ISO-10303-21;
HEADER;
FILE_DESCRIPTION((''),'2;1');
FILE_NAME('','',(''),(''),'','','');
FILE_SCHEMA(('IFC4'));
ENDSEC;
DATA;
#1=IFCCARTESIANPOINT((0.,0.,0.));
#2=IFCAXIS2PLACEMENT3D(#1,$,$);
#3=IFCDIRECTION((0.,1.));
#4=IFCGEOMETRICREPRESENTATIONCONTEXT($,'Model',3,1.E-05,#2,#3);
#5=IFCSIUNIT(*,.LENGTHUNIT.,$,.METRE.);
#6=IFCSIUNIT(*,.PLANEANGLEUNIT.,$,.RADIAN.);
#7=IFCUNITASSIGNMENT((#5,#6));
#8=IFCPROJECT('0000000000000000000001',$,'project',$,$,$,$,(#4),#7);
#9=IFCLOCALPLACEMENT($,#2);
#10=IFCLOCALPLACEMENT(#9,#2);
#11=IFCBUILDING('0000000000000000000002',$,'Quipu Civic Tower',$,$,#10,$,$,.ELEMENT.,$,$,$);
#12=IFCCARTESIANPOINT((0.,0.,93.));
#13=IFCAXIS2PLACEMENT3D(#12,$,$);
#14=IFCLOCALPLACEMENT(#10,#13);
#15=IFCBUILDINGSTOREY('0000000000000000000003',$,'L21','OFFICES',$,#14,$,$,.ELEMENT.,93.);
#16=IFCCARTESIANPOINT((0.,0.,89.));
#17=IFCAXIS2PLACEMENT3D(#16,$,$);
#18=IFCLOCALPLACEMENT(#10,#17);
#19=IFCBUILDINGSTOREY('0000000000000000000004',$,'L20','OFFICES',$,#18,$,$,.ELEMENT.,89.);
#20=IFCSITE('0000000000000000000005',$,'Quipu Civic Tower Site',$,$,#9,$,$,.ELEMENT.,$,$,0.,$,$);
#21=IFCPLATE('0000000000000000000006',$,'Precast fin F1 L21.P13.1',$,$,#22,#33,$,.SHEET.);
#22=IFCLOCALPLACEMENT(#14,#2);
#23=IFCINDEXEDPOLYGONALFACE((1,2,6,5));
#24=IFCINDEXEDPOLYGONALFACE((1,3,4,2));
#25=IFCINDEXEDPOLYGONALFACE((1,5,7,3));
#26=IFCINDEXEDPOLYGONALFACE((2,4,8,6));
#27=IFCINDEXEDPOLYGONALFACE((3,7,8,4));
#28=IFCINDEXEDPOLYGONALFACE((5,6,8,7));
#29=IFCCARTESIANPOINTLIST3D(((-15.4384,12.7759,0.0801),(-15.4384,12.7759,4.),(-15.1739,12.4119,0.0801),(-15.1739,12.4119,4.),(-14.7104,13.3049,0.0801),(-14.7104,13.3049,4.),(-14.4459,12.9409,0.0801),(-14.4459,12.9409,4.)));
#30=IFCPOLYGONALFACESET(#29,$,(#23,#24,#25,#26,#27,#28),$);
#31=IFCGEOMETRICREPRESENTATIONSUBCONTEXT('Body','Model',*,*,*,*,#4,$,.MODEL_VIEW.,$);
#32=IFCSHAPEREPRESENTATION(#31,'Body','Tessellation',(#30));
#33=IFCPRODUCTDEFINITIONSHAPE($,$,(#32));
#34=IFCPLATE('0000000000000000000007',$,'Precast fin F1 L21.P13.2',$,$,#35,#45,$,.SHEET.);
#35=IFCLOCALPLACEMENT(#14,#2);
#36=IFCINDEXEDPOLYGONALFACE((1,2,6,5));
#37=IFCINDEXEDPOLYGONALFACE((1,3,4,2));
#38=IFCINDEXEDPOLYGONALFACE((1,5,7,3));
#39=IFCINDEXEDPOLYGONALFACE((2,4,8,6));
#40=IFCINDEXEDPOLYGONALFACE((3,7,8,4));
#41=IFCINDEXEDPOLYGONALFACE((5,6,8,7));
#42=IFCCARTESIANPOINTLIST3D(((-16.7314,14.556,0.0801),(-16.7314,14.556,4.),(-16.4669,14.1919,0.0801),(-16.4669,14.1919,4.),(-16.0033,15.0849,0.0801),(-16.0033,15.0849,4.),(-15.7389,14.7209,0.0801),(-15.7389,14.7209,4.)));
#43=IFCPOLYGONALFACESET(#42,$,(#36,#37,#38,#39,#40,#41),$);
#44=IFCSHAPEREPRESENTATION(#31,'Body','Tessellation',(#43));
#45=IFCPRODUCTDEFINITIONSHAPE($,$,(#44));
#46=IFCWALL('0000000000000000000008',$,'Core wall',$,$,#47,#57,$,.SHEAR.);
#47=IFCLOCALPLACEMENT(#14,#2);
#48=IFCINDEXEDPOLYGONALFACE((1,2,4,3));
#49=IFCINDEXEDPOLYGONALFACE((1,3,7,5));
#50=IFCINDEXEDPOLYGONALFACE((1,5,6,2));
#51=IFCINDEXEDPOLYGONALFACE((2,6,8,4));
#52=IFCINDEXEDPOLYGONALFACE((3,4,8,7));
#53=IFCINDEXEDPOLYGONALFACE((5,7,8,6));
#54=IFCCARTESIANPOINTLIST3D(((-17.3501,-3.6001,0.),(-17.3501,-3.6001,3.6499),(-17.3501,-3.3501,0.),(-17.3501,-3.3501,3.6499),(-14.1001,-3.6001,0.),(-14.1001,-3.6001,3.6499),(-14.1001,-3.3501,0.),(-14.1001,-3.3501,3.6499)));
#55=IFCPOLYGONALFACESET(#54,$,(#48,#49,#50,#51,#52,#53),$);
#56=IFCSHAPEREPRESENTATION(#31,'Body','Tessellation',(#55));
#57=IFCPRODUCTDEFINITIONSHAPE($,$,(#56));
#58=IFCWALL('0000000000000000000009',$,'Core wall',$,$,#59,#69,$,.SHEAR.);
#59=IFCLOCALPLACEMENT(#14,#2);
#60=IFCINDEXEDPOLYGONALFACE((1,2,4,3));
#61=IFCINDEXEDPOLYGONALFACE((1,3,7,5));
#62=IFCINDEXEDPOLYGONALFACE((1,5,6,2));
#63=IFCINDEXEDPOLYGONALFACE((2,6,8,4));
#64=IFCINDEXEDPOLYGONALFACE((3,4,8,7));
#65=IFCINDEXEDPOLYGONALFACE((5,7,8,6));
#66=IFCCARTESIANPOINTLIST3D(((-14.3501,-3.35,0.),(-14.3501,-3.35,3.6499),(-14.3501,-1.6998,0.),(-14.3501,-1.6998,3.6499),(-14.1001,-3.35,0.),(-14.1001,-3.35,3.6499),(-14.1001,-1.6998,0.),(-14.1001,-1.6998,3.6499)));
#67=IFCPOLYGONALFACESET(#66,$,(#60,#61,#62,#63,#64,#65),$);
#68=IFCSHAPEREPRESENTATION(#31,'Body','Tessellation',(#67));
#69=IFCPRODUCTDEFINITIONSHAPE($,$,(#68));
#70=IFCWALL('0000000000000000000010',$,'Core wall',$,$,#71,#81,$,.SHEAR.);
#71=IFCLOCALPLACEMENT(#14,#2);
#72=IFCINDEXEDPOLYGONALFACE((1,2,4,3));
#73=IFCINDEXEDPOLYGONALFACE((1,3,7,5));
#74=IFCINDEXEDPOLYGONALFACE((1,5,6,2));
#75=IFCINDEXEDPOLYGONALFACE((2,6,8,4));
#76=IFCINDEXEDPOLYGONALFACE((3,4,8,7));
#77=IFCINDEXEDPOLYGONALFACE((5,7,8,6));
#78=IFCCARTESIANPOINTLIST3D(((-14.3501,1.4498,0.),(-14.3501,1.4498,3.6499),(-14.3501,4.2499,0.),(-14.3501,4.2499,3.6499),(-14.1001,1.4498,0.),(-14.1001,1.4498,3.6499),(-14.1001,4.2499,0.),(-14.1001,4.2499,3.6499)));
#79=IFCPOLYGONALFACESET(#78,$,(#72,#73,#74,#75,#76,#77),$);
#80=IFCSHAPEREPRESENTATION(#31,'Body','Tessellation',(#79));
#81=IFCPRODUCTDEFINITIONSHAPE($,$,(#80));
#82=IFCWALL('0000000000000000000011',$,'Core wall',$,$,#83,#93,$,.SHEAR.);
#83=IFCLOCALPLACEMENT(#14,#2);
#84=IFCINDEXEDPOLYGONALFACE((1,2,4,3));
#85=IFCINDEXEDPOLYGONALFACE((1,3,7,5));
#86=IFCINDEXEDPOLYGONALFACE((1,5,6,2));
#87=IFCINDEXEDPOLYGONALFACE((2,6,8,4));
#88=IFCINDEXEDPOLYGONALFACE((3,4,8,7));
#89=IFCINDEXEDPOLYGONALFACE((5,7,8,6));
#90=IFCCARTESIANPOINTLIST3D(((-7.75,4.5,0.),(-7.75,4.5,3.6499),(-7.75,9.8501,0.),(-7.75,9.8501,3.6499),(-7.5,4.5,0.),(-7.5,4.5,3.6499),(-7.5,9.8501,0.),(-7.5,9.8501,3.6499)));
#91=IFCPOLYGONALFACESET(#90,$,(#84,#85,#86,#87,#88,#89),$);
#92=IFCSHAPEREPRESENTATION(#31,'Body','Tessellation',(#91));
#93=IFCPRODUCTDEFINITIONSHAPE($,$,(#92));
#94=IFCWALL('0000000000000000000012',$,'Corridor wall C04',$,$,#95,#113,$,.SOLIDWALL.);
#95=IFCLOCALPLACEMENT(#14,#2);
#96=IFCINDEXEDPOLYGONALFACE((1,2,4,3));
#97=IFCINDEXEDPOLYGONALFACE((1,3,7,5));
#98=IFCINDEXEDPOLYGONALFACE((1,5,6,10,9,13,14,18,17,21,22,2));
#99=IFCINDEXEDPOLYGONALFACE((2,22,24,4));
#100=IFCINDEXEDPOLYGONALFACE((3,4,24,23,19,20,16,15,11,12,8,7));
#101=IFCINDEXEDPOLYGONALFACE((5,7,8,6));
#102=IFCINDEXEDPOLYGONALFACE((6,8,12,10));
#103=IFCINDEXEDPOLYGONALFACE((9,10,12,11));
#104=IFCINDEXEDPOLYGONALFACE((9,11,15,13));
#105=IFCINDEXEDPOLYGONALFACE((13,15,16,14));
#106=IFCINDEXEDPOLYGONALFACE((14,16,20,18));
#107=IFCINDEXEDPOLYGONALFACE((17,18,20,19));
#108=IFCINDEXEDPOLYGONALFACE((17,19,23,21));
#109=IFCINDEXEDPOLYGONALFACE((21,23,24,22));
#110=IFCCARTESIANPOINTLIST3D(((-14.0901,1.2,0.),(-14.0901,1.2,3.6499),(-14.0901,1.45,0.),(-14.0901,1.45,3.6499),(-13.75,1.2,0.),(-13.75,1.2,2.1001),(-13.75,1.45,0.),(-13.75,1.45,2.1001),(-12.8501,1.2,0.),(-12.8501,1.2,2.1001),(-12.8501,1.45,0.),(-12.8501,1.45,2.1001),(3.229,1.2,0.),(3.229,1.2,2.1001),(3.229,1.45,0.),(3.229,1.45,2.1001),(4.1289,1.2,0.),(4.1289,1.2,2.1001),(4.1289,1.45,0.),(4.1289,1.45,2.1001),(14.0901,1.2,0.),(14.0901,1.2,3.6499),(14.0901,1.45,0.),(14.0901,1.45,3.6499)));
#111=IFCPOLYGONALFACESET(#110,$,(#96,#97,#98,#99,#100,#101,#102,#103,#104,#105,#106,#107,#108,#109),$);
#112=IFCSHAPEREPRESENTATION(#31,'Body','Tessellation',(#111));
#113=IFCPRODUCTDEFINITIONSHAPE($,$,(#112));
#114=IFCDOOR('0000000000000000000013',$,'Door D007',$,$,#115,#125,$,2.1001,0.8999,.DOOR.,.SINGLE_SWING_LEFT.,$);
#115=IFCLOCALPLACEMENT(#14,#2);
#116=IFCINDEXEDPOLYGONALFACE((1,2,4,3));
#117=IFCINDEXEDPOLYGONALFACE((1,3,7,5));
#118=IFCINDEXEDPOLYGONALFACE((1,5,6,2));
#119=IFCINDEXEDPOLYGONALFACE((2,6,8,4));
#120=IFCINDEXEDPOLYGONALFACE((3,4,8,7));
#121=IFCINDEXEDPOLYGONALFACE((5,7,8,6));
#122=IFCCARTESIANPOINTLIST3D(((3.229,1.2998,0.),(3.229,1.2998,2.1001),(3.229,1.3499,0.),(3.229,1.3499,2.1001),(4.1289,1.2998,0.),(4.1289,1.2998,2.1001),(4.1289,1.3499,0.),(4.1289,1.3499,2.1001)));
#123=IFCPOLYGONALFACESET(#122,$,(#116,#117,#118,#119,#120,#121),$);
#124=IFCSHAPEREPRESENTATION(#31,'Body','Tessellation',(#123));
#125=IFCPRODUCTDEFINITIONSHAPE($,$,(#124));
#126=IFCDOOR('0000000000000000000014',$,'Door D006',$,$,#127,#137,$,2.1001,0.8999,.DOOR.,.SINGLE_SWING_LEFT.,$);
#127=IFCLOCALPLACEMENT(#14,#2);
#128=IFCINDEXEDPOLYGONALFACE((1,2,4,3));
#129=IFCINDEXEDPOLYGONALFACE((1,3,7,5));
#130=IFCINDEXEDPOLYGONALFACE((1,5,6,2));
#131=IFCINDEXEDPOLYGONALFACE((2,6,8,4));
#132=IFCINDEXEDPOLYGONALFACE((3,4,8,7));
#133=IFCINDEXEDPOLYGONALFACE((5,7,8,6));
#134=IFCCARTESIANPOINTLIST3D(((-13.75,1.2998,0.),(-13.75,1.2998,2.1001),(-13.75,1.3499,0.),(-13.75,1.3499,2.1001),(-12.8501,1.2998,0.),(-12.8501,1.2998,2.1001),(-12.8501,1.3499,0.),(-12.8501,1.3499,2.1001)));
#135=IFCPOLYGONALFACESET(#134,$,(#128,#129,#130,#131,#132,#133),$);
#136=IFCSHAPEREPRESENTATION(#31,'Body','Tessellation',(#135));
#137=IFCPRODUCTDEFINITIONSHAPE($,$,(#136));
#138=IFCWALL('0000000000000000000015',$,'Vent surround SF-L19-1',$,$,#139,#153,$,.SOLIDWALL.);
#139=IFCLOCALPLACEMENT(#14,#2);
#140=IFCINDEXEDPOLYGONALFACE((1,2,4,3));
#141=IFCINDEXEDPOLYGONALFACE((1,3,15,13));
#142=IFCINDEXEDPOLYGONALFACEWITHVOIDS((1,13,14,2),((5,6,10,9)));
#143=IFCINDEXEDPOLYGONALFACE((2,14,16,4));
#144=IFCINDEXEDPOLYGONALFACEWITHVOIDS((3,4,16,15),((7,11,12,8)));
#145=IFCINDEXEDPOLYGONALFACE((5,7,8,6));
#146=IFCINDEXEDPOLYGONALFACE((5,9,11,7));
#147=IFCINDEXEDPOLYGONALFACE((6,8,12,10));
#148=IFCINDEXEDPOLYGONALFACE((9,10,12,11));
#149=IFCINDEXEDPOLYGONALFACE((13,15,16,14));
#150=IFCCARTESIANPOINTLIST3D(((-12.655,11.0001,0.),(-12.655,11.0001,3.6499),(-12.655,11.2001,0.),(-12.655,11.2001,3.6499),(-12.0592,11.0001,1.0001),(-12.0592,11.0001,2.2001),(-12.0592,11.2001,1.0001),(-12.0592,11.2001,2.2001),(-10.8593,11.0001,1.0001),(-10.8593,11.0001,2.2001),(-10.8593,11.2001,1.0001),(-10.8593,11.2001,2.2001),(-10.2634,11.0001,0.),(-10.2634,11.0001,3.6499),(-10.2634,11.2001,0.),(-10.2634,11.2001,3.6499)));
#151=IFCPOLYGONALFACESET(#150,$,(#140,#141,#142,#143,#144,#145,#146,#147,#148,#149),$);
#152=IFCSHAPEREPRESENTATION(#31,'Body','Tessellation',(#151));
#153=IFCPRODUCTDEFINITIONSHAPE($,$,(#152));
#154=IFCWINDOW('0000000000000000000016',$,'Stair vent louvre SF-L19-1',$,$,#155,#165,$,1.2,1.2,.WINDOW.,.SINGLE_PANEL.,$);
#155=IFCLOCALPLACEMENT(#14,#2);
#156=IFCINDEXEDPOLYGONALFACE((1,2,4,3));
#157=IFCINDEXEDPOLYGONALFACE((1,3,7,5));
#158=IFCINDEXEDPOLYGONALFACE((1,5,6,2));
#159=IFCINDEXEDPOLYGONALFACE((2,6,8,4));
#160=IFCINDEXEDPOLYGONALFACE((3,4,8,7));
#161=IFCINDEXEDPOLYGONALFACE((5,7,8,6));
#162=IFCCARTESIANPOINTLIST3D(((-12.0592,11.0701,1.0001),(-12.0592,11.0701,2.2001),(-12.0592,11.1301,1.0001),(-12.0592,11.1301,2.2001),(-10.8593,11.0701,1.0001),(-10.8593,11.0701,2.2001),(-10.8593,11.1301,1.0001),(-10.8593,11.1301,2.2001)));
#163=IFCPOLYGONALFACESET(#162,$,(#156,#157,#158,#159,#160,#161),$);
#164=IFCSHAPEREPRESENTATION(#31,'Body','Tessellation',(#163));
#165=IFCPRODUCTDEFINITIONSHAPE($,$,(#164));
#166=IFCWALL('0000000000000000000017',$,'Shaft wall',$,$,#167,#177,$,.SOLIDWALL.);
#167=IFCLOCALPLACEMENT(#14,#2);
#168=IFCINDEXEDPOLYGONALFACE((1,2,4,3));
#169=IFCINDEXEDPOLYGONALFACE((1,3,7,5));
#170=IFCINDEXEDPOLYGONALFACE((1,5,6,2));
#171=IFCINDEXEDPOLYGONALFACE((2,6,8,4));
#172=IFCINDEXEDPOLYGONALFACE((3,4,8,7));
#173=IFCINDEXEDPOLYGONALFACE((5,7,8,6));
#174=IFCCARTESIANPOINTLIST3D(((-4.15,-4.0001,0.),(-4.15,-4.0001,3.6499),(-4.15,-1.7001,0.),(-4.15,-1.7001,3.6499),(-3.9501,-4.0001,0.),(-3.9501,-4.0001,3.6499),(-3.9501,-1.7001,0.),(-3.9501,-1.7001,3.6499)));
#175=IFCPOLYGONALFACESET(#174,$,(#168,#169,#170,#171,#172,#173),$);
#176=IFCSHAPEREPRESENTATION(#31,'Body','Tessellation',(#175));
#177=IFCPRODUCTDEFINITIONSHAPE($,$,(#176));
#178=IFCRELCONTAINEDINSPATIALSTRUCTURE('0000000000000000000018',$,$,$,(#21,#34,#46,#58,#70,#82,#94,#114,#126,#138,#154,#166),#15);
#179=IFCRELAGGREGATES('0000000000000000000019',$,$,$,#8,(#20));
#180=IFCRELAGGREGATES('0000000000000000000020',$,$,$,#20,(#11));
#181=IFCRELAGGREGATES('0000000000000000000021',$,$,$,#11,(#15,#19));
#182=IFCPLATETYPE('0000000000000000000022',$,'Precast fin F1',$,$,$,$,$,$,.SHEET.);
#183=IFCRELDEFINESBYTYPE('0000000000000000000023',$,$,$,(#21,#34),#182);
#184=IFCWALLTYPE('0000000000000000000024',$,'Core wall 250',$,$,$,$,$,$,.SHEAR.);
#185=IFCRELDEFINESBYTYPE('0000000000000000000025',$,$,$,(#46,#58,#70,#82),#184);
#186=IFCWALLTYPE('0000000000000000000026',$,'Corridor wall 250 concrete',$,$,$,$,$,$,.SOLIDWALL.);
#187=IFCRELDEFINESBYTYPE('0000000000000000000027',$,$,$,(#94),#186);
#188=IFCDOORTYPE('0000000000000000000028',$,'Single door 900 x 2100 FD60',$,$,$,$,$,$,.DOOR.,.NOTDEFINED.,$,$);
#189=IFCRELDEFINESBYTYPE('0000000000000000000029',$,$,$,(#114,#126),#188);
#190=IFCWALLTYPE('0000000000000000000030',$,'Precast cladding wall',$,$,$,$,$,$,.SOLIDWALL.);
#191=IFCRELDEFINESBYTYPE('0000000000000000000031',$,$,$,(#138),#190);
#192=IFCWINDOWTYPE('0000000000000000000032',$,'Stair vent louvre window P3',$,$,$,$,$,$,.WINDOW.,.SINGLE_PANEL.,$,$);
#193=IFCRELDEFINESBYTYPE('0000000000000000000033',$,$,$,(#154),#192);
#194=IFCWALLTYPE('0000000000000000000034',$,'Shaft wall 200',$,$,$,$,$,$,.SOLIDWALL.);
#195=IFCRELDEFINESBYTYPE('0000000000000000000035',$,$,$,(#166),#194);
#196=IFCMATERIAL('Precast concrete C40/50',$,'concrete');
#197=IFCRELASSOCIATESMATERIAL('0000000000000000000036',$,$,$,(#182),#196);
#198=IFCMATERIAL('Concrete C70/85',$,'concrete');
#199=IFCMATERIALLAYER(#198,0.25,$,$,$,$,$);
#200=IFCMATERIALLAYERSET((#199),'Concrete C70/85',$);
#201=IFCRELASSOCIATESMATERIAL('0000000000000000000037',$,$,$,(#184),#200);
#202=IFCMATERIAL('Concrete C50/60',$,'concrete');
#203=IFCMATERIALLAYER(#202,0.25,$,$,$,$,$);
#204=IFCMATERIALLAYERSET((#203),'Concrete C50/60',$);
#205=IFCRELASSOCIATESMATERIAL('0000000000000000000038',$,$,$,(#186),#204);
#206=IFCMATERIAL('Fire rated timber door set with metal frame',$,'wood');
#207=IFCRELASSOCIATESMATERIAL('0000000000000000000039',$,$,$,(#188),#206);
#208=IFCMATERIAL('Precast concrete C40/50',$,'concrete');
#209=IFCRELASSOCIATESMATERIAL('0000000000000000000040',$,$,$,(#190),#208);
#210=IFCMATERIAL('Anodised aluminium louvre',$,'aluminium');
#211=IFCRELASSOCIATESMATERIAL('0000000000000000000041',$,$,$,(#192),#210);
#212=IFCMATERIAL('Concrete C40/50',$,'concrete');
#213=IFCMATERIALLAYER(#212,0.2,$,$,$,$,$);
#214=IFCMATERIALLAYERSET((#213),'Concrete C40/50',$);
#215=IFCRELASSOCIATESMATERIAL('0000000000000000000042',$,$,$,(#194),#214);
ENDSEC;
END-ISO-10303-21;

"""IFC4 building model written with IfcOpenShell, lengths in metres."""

from ifc_helpers import new_model, si_unit, direction, frame, frame_2d, origin, origin_2d, place, context, subcontext, project, spatial, rectangle, extrude, material, layer, layer_set, type_object, element, fill, save


model = new_model("IFC4")

# Units and contexts
model_context = context("Model", 3, precision=1e-05, world=origin(), true_north=direction((0.0, 1.0)))
body_context = subcontext(model_context, "Body", "Model", "MODEL_VIEW")
ifc_project = project(units=[si_unit("LENGTHUNIT", "METRE"), si_unit("PLANEANGLEUNIT", "RADIAN")], contexts=[model_context])

# Site, building, storey
site_placement = place(None, origin())
site = spatial("IfcSite", under=ifc_project, at=site_placement, Name="Quipu Civic Tower Site", CompositionType="ELEMENT", RefElevation=0.0)
building_placement = place(site_placement, origin())
building = spatial("IfcBuilding", under=site, at=building_placement, Name="Quipu Civic Tower", CompositionType="ELEMENT")
storey_1_placement = place(building_placement, frame((0.0, 0.0, 93.0)))
storey_1 = spatial("IfcBuildingStorey", under=building, at=storey_1_placement, Name="L21", Description="OFFICES", CompositionType="ELEMENT", Elevation=93.0)

# Shared definitions
storey_2_placement = place(building_placement, frame((0.0, 0.0, 89.0)))
storey_2 = spatial("IfcBuildingStorey", under=building, at=storey_2_placement, Name="L20", Description="OFFICES", CompositionType="ELEMENT", Elevation=89.0)

# Plates
ifc_material_1 = material(Name="Precast concrete C40/50", Category="concrete")
plate_type_1 = type_object("IfcPlateType", Name="Precast fin F1", PredefinedType="SHEET", material=ifc_material_1)
for number, where, z_axis, x_axis, name in (
    (1, (-14.9421, 12.8584, 0.0801), (0.0, 0.0, 1.0), (-0.587785, 0.809017, 0.0), "Precast fin F1 L21.P13.1"),
    (2, (-16.2351, 14.6384, 0.0801), (0.0, 0.0, 1.0), (-0.587785, 0.809017, 0.0), "Precast fin F1 L21.P13.2"),
):
    element("IfcPlate", number, at=place(storey_1_placement, frame(where, z_axis=z_axis, x_axis=x_axis)), inside=storey_1, type_object=plate_type_1, Name=name, PredefinedType="SHEET", context=body_context, shape_type="SweptSolid", body=[
        extrude(rectangle(XDim=0.45, YDim=0.8999, at=origin_2d()), origin(), (0.0, 0.0, 1.0), 3.9199),
    ])

# Walls
ifc_material_2 = material(Name="Concrete C70/85", Category="concrete")
ifc_layer_1 = layer(ifc_material_2, 0.25)
ifc_layer_set_1 = layer_set([ifc_layer_1], Name="Concrete C70/85")
wall_type_1 = type_object("IfcWallType", Name="Core wall 250", PredefinedType="SHEAR", material=ifc_layer_set_1)
wall_1_placement = place(storey_1_placement, frame((-17.3501, -3.4751, 0.0), z_axis=(0.0, 0.0, 1.0), x_axis=(1.0, 0.0, 0.0)))
element("IfcWall", 3, at=wall_1_placement, inside=storey_1, type_object=wall_type_1, Name="Core wall", PredefinedType="SHEAR", context=body_context, shape_type="SweptSolid", body=[
    extrude(rectangle(XDim=3.25, YDim=0.25, at=frame_2d((1.625, 0.0))), origin(), (0.0, 0.0, 1.0), 3.6499),
])
wall_2_placement = place(storey_1_placement, frame((-14.2251, -3.3501, 0.0), z_axis=(0.0, 0.0, 1.0), x_axis=(0.0, 1.0, 0.0)))
element("IfcWall", 4, at=wall_2_placement, inside=storey_1, type_object=wall_type_1, Name="Core wall", PredefinedType="SHEAR", context=body_context, shape_type="SweptSolid", body=[
    extrude(rectangle(XDim=1.6501, YDim=0.25, at=frame_2d((0.8252, 0.0))), origin(), (0.0, 0.0, 1.0), 3.6499),
])
wall_3_placement = place(storey_1_placement, frame((-14.2251, 1.45, 0.0), z_axis=(0.0, 0.0, 1.0), x_axis=(0.0, 1.0, 0.0)))
element("IfcWall", 5, at=wall_3_placement, inside=storey_1, type_object=wall_type_1, Name="Core wall", PredefinedType="SHEAR", context=body_context, shape_type="SweptSolid", body=[
    extrude(rectangle(XDim=2.8, YDim=0.25, at=frame_2d((1.3999, 0.0))), origin(), (0.0, 0.0, 1.0), 3.6499),
])
wall_4_placement = place(storey_1_placement, frame((-7.625, 4.5, 0.0), z_axis=(0.0, 0.0, 1.0), x_axis=(0.0, 1.0, 0.0)))
element("IfcWall", 6, at=wall_4_placement, inside=storey_1, type_object=wall_type_1, Name="Core wall", PredefinedType="SHEAR", context=body_context, shape_type="SweptSolid", body=[
    extrude(rectangle(XDim=5.3501, YDim=0.25, at=frame_2d((2.675, 0.0))), origin(), (0.0, 0.0, 1.0), 3.6499),
])

# Wall, openings, doors
ifc_material_3 = material(Name="Concrete C50/60", Category="concrete")
ifc_layer_2 = layer(ifc_material_3, 0.25)
ifc_layer_set_2 = layer_set([ifc_layer_2], Name="Concrete C50/60")
wall_type_2 = type_object("IfcWallType", Name="Corridor wall 250 concrete", PredefinedType="SOLIDWALL", material=ifc_layer_set_2)
wall_5_placement = place(storey_1_placement, frame((-14.0901, 1.325, 0.0), z_axis=(0.0, 0.0, 1.0), x_axis=(1.0, 0.0, 0.0)))
wall_5 = element("IfcWall", 7, at=wall_5_placement, inside=storey_1, type_object=wall_type_2, Name="Corridor wall C04", PredefinedType="SOLIDWALL", context=body_context, shape_type="SweptSolid", body=[
    extrude(rectangle(XDim=28.1802, YDim=0.25, at=frame_2d((14.0901, 0.0))), origin(), (0.0, 0.0, 1.0), 3.6499),
])
opening_1_placement = place(wall_5_placement, frame((17.3191, 0.0, 0.0)))
opening_1 = element("IfcOpeningElement", 8, at=opening_1_placement, cuts=wall_5, PredefinedType="OPENING", context=body_context, shape_type="SweptSolid", body=[
    extrude(rectangle(XDim=0.8999, YDim=2.1001, at=frame_2d((0.45, 1.05))), frame((0.0, 0.135, 0.0), z_axis=(0.0, -1.0, 0.0), x_axis=(1.0, 0.0, 0.0)), (0.0, 0.0, 1.0), 0.27),
])
opening_2_placement = place(wall_5_placement, frame((0.3401, 0.0, 0.0)))
opening_2 = element("IfcOpeningElement", 9, at=opening_2_placement, cuts=wall_5, PredefinedType="OPENING", context=body_context, shape_type="SweptSolid", body=[
    extrude(rectangle(XDim=0.8999, YDim=2.1001, at=frame_2d((0.45, 1.05))), frame((0.0, 0.135, 0.0), z_axis=(0.0, -1.0, 0.0), x_axis=(1.0, 0.0, 0.0)), (0.0, 0.0, 1.0), 0.27),
])
ifc_material_4 = material(Name="Fire rated timber door set with metal frame", Category="wood")
door_type = type_object("IfcDoorType", Name="Single door 900 x 2100 FD60", OperationType="NOTDEFINED", PredefinedType="DOOR", material=ifc_material_4)
door_1_placement = place(opening_1_placement, origin())
door_1 = element("IfcDoor", 10, at=door_1_placement, inside=storey_1, type_object=door_type, Name="Door D007", OperationType="SINGLE_SWING_LEFT", OverallHeight=2.1001, OverallWidth=0.8999, PredefinedType="DOOR", context=body_context, shape_type="SweptSolid", body=[
    extrude(rectangle(XDim=0.8999, YDim=2.1001, at=frame_2d((0.45, 1.05))), frame((0.0, 0.0249, 0.0), z_axis=(0.0, -1.0, 0.0), x_axis=(1.0, 0.0, 0.0)), (0.0, 0.0, 1.0), 0.05),
])
fill(opening_1, door_1)
door_2_placement = place(opening_2_placement, origin())
door_2 = element("IfcDoor", 11, at=door_2_placement, inside=storey_1, type_object=door_type, Name="Door D006", OperationType="SINGLE_SWING_LEFT", OverallHeight=2.1001, OverallWidth=0.8999, PredefinedType="DOOR", context=body_context, shape_type="SweptSolid", body=[
    extrude(rectangle(XDim=0.8999, YDim=2.1001, at=frame_2d((0.45, 1.05))), frame((0.0, 0.0249, 0.0), z_axis=(0.0, -1.0, 0.0), x_axis=(1.0, 0.0, 0.0)), (0.0, 0.0, 1.0), 0.05),
])
fill(opening_2, door_2)

# Wall, opening, window
ifc_material_5 = material(Name="Precast concrete C40/50", Category="concrete")
wall_type_3 = type_object("IfcWallType", Name="Precast cladding wall", PredefinedType="SOLIDWALL", material=ifc_material_5)
wall_6_placement = place(storey_1_placement, frame((-10.2634, 11.1001, 0.0), z_axis=(0.0, 0.0, 1.0), x_axis=(-1.0, 0.0, 0.0)))
wall_6 = element("IfcWall", 12, at=wall_6_placement, inside=storey_1, type_object=wall_type_3, Name="Vent surround SF-L19-1", PredefinedType="SOLIDWALL", context=body_context, shape_type="SweptSolid", body=[
    extrude(rectangle(XDim=2.3916, YDim=0.2, at=frame_2d((1.1958, 0.0))), origin(), (0.0, 0.0, 1.0), 3.6499),
])
opening_3_placement = place(wall_6_placement, frame((0.5957, 0.0, 1.0)))
opening_3 = element("IfcOpeningElement", 13, at=opening_3_placement, cuts=wall_6, PredefinedType="OPENING", context=body_context, shape_type="SweptSolid", body=[
    extrude(rectangle(XDim=1.2, YDim=1.2, at=frame_2d((0.6001, 0.6001))), frame((0.0, 0.1099, 0.0), z_axis=(0.0, -1.0, 0.0), x_axis=(1.0, 0.0, 0.0)), (0.0, 0.0, 1.0), 0.22),
])
ifc_material_6 = material(Name="Anodised aluminium louvre", Category="aluminium")
window_type = type_object("IfcWindowType", Name="Stair vent louvre window P3", PartitioningType="SINGLE_PANEL", PredefinedType="WINDOW", material=ifc_material_6)
window_placement = place(opening_3_placement, origin())
window = element("IfcWindow", 14, at=window_placement, inside=storey_1, type_object=window_type, Name="Stair vent louvre SF-L19-1", OverallHeight=1.2, OverallWidth=1.2, PartitioningType="SINGLE_PANEL", PredefinedType="WINDOW", context=body_context, shape_type="SweptSolid", body=[
    extrude(rectangle(XDim=1.2, YDim=1.2, at=frame_2d((0.6001, 0.6001))), frame((0.0, 0.03, 0.0), z_axis=(0.0, -1.0, 0.0), x_axis=(1.0, 0.0, 0.0)), (0.0, 0.0, 1.0), 0.0601),
])
fill(opening_3, window)

# Wall
ifc_material_7 = material(Name="Concrete C40/50", Category="concrete")
ifc_layer_3 = layer(ifc_material_7, 0.2)
ifc_layer_set_3 = layer_set([ifc_layer_3], Name="Concrete C40/50")
wall_type_4 = type_object("IfcWallType", Name="Shaft wall 200", PredefinedType="SOLIDWALL", material=ifc_layer_set_3)
wall_7_placement = place(storey_1_placement, frame((-4.05, -4.0, 0.0), z_axis=(0.0, 0.0, 1.0), x_axis=(0.0, 1.0, 0.0)))
element("IfcWall", 15, at=wall_7_placement, inside=storey_1, type_object=wall_type_4, Name="Shaft wall", PredefinedType="SOLIDWALL", context=body_context, shape_type="SweptSolid", body=[
    extrude(rectangle(XDim=2.3, YDim=0.2, at=frame_2d((1.1499, 0.0))), origin(), (0.0, 0.0, 1.0), 3.6499),
])

save(model, "model.ifc")
